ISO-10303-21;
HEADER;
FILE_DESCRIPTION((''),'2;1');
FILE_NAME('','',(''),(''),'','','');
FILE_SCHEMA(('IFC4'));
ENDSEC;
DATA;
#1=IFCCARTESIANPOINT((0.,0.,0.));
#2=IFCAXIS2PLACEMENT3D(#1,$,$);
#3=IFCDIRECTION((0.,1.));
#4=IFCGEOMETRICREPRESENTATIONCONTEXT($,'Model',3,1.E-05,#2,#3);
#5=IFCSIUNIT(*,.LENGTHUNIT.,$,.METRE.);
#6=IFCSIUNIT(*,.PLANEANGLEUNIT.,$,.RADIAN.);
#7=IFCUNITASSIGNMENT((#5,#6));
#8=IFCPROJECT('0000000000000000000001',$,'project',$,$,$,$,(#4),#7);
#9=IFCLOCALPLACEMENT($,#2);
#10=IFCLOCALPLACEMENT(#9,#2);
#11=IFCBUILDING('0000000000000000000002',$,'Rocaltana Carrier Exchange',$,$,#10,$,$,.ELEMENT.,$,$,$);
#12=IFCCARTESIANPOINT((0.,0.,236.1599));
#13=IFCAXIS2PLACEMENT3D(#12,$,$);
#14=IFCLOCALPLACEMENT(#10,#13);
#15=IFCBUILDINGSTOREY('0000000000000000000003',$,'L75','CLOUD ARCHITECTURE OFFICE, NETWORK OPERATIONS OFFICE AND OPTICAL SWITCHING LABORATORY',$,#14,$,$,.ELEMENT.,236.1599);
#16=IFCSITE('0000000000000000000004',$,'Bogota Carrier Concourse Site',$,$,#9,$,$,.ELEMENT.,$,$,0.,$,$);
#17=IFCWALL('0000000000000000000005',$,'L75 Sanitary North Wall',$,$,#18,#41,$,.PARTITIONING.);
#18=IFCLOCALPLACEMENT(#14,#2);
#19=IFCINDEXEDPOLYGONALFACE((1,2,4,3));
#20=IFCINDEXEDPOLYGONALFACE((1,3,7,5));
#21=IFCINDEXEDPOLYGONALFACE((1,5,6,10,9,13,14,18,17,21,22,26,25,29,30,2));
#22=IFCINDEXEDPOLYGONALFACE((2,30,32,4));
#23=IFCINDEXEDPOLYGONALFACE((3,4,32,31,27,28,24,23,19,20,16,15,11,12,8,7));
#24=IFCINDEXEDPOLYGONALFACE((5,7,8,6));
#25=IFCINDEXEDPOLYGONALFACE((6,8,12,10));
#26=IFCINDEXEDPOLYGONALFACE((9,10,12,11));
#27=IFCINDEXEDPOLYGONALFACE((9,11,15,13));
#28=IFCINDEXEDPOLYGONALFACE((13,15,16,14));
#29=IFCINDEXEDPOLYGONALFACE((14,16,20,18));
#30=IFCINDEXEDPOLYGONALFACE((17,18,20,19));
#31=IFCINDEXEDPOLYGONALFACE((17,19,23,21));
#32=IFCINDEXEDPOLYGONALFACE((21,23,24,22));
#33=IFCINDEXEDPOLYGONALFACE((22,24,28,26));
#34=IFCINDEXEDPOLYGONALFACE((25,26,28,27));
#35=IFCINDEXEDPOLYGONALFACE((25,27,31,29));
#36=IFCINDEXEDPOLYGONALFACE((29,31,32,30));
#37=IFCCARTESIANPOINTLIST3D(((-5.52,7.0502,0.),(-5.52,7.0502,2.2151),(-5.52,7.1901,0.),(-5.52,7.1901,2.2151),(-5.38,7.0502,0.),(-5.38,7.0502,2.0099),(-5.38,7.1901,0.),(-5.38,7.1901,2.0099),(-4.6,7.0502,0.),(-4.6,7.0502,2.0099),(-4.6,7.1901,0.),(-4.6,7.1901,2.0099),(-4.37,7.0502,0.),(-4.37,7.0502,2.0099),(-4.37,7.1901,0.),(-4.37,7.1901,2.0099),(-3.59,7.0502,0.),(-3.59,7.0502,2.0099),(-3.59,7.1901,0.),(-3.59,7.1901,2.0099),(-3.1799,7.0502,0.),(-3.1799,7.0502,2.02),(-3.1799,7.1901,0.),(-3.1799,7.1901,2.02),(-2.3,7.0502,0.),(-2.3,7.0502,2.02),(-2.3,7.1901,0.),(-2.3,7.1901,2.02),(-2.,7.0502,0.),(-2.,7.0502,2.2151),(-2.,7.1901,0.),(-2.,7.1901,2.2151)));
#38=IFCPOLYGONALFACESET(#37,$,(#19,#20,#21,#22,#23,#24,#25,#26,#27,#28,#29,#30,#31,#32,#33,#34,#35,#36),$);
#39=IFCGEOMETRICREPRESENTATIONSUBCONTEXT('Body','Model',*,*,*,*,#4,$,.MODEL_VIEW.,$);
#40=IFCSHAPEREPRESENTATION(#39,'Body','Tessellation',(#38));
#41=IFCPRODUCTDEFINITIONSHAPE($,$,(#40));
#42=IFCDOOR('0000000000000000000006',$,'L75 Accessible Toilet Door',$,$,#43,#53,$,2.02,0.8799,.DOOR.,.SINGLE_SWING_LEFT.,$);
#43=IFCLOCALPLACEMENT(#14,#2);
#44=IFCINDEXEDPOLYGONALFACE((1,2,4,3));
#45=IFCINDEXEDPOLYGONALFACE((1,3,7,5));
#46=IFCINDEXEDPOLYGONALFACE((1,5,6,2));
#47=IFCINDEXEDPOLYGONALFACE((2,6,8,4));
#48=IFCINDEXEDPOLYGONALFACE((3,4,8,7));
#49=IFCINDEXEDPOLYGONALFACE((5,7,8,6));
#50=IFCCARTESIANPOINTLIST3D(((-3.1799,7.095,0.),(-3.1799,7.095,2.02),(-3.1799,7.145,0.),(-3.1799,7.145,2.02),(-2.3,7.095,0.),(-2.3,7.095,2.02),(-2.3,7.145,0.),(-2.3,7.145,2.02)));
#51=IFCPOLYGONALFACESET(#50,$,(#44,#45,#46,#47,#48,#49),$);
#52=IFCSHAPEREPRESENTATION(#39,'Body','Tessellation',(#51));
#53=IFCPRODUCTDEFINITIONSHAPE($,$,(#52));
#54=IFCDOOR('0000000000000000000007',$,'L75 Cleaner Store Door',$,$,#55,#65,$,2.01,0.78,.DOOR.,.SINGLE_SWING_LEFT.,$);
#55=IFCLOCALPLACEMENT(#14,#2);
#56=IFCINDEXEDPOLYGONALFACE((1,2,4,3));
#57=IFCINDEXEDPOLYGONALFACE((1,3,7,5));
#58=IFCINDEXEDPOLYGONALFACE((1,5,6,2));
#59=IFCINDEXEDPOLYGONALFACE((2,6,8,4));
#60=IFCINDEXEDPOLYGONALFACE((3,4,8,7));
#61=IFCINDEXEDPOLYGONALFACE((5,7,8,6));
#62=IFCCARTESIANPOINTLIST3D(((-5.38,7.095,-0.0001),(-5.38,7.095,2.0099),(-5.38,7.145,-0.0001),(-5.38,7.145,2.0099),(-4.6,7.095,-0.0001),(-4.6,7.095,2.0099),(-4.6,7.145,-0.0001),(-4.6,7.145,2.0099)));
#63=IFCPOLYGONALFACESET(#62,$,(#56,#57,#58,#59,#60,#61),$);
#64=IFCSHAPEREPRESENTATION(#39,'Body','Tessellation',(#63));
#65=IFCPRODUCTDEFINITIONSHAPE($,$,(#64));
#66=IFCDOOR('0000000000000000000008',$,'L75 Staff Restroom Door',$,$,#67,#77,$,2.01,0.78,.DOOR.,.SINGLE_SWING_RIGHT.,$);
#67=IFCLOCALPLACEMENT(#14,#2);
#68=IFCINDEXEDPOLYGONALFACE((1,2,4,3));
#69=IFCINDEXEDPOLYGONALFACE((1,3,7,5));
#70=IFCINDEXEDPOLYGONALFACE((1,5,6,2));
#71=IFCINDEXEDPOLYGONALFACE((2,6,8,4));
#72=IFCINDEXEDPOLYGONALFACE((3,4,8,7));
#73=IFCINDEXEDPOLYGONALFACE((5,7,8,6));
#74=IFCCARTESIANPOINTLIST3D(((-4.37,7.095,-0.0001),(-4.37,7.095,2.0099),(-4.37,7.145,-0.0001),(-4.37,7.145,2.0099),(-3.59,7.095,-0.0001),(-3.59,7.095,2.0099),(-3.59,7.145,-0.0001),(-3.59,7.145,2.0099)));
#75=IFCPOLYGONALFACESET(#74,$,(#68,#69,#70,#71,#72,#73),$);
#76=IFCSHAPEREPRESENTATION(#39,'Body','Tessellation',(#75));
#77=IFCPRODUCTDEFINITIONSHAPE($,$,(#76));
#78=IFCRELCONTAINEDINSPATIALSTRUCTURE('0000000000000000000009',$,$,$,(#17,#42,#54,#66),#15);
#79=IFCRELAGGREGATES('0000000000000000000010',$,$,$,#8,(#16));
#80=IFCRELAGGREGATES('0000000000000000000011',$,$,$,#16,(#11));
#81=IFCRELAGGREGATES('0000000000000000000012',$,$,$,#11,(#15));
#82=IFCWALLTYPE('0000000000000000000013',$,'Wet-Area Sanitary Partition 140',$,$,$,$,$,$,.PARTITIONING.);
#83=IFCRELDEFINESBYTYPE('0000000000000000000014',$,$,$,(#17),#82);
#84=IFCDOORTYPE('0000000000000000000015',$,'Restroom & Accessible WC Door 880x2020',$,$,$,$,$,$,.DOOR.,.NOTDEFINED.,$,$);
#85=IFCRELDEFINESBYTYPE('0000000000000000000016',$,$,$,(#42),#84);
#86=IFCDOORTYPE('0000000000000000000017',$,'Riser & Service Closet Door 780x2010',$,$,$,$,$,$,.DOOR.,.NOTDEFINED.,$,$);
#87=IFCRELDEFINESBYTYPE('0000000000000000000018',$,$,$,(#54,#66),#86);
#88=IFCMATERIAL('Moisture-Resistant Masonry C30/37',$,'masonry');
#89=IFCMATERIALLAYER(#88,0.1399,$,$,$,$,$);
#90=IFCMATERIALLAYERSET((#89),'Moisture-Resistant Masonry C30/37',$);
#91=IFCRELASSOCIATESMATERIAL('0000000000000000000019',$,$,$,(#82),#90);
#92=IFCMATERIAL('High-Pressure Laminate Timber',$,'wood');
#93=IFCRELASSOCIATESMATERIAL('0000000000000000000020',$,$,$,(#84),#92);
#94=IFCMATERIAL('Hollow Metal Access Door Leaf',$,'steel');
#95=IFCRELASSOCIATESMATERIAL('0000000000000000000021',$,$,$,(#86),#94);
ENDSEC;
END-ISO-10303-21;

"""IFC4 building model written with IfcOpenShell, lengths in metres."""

from ifc_helpers import new_model, si_unit, direction, frame, frame_2d, origin, place, context, subcontext, project, spatial, rectangle, extrude, material, layer, layer_set, type_object, element, fill, save


model = new_model("IFC4")

# Units and contexts
model_context = context("Model", 3, precision=1e-05, world=origin(), true_north=direction((0.0, 1.0)))
body_context = subcontext(model_context, "Body", "Model", "MODEL_VIEW")
ifc_project = project(units=[si_unit("LENGTHUNIT", "METRE"), si_unit("PLANEANGLEUNIT", "RADIAN")], contexts=[model_context])

# Site, building, storey
site_placement = place(None, origin())
site = spatial("IfcSite", under=ifc_project, at=site_placement, Name="Bogota Carrier Concourse Site", CompositionType="ELEMENT", RefElevation=0.0)
building_placement = place(site_placement, origin())
building = spatial("IfcBuilding", under=site, at=building_placement, Name="Rocaltana Carrier Exchange", CompositionType="ELEMENT")
storey_placement = place(building_placement, frame((0.0, 0.0, 236.1599)))
storey = spatial("IfcBuildingStorey", under=building, at=storey_placement, Name="L75", Description="CLOUD ARCHITECTURE OFFICE, NETWORK OPERATIONS OFFICE AND OPTICAL SWITCHING LABORATORY", CompositionType="ELEMENT", Elevation=236.1599)

# Shared definitions
ifc_material_1 = material(Name="Moisture-Resistant Masonry C30/37", Category="masonry")
ifc_layer_1 = layer(ifc_material_1, 0.1399)
ifc_layer_set_1 = layer_set([ifc_layer_1], Name="Moisture-Resistant Masonry C30/37")
wall_type_1 = type_object("IfcWallType", Name="Wet-Area Sanitary Partition 140", PredefinedType="PARTITIONING", material=ifc_layer_set_1)

# Wall, openings, doors
wall_1_placement = place(storey_placement, frame((-5.52, 7.1201, 0.0), z_axis=(0.0, 0.0, 1.0), x_axis=(1.0, 0.0, 0.0)))
wall_1 = element("IfcWall", 1, at=wall_1_placement, inside=storey, type_object=wall_type_1, Name="L75 Sanitary North Wall", PredefinedType="PARTITIONING", context=body_context, shape_type="SweptSolid", body=[
    extrude(rectangle(XDim=3.52, YDim=0.1399, at=frame_2d((1.76, 0.0))), origin(), (0.0, 0.0, 1.0), 2.2151),
])
opening_1_placement = place(wall_1_placement, frame((0.1399, 0.0, 0.0)))
opening_1 = element("IfcOpeningElement", 2, at=opening_1_placement, cuts=wall_1, PredefinedType="OPENING", context=body_context, shape_type="SweptSolid", body=[
    extrude(rectangle(XDim=0.78, YDim=2.01, at=frame_2d((0.3901, 1.0049))), frame((0.0, 0.0798, 0.0), z_axis=(0.0, -1.0, 0.0), x_axis=(1.0, 0.0, 0.0)), (0.0, 0.0, 1.0), 0.1599),
])
opening_2_placement = place(wall_1_placement, frame((1.1499, 0.0, 0.0)))
opening_2 = element("IfcOpeningElement", 3, at=opening_2_placement, cuts=wall_1, PredefinedType="OPENING", context=body_context, shape_type="SweptSolid", body=[
    extrude(rectangle(XDim=0.78, YDim=2.01, at=frame_2d((0.3901, 1.0049))), frame((0.0, 0.0798, 0.0), z_axis=(0.0, -1.0, 0.0), x_axis=(1.0, 0.0, 0.0)), (0.0, 0.0, 1.0), 0.1599),
])
opening_3_placement = place(wall_1_placement, frame((2.3401, 0.0, 0.0)))
opening_3 = element("IfcOpeningElement", 4, at=opening_3_placement, cuts=wall_1, PredefinedType="OPENING", context=body_context, shape_type="SweptSolid", body=[
    extrude(rectangle(XDim=0.8799, YDim=2.02, at=frame_2d((0.4399, 1.01))), frame((0.0, 0.0798, 0.0), z_axis=(0.0, -1.0, 0.0), x_axis=(1.0, 0.0, 0.0)), (0.0, 0.0, 1.0), 0.1599),
])
ifc_material_2 = material(Name="High-Pressure Laminate Timber", Category="wood")
door_type_1 = type_object("IfcDoorType", Name="Restroom & Accessible WC Door 880x2020", OperationType="NOTDEFINED", PredefinedType="DOOR", material=ifc_material_2)
door_1_placement = place(opening_3_placement, origin())
door_1 = element("IfcDoor", 5, at=door_1_placement, inside=storey, type_object=door_type_1, Name="L75 Accessible Toilet Door", OperationType="SINGLE_SWING_LEFT", OverallHeight=2.02, OverallWidth=0.8799, PredefinedType="DOOR", context=body_context, shape_type="SweptSolid", body=[
    extrude(rectangle(XDim=0.8799, YDim=2.02, at=frame_2d((0.4399, 1.01))), frame((0.0, 0.0249, 0.0), z_axis=(0.0, -1.0, 0.0), x_axis=(1.0, 0.0, 0.0)), (0.0, 0.0, 1.0), 0.05),
])
fill(opening_3, door_1)
ifc_material_3 = material(Name="Hollow Metal Access Door Leaf", Category="steel")
door_type_2 = type_object("IfcDoorType", Name="Riser & Service Closet Door 780x2010", OperationType="NOTDEFINED", PredefinedType="DOOR", material=ifc_material_3)
door_2_placement = place(opening_1_placement, origin())
door_2 = element("IfcDoor", 6, at=door_2_placement, inside=storey, type_object=door_type_2, Name="L75 Cleaner Store Door", OperationType="SINGLE_SWING_LEFT", OverallHeight=2.01, OverallWidth=0.78, PredefinedType="DOOR", context=body_context, shape_type="SweptSolid", body=[
    extrude(rectangle(XDim=0.78, YDim=2.01, at=frame_2d((0.3901, 1.0049))), frame((0.0, 0.0249, 0.0), z_axis=(0.0, -1.0, 0.0), x_axis=(1.0, 0.0, 0.0)), (0.0, 0.0, 1.0), 0.05),
])
fill(opening_1, door_2)
door_3_placement = place(opening_2_placement, origin())
door_3 = element("IfcDoor", 7, at=door_3_placement, inside=storey, type_object=door_type_2, Name="L75 Staff Restroom Door", OperationType="SINGLE_SWING_RIGHT", OverallHeight=2.01, OverallWidth=0.78, PredefinedType="DOOR", context=body_context, shape_type="SweptSolid", body=[
    extrude(rectangle(XDim=0.78, YDim=2.01, at=frame_2d((0.3901, 1.0049))), frame((0.0, 0.0249, 0.0), z_axis=(0.0, -1.0, 0.0), x_axis=(1.0, 0.0, 0.0)), (0.0, 0.0, 1.0), 0.05),
])
fill(opening_2, door_3)

save(model, "model.ifc")
